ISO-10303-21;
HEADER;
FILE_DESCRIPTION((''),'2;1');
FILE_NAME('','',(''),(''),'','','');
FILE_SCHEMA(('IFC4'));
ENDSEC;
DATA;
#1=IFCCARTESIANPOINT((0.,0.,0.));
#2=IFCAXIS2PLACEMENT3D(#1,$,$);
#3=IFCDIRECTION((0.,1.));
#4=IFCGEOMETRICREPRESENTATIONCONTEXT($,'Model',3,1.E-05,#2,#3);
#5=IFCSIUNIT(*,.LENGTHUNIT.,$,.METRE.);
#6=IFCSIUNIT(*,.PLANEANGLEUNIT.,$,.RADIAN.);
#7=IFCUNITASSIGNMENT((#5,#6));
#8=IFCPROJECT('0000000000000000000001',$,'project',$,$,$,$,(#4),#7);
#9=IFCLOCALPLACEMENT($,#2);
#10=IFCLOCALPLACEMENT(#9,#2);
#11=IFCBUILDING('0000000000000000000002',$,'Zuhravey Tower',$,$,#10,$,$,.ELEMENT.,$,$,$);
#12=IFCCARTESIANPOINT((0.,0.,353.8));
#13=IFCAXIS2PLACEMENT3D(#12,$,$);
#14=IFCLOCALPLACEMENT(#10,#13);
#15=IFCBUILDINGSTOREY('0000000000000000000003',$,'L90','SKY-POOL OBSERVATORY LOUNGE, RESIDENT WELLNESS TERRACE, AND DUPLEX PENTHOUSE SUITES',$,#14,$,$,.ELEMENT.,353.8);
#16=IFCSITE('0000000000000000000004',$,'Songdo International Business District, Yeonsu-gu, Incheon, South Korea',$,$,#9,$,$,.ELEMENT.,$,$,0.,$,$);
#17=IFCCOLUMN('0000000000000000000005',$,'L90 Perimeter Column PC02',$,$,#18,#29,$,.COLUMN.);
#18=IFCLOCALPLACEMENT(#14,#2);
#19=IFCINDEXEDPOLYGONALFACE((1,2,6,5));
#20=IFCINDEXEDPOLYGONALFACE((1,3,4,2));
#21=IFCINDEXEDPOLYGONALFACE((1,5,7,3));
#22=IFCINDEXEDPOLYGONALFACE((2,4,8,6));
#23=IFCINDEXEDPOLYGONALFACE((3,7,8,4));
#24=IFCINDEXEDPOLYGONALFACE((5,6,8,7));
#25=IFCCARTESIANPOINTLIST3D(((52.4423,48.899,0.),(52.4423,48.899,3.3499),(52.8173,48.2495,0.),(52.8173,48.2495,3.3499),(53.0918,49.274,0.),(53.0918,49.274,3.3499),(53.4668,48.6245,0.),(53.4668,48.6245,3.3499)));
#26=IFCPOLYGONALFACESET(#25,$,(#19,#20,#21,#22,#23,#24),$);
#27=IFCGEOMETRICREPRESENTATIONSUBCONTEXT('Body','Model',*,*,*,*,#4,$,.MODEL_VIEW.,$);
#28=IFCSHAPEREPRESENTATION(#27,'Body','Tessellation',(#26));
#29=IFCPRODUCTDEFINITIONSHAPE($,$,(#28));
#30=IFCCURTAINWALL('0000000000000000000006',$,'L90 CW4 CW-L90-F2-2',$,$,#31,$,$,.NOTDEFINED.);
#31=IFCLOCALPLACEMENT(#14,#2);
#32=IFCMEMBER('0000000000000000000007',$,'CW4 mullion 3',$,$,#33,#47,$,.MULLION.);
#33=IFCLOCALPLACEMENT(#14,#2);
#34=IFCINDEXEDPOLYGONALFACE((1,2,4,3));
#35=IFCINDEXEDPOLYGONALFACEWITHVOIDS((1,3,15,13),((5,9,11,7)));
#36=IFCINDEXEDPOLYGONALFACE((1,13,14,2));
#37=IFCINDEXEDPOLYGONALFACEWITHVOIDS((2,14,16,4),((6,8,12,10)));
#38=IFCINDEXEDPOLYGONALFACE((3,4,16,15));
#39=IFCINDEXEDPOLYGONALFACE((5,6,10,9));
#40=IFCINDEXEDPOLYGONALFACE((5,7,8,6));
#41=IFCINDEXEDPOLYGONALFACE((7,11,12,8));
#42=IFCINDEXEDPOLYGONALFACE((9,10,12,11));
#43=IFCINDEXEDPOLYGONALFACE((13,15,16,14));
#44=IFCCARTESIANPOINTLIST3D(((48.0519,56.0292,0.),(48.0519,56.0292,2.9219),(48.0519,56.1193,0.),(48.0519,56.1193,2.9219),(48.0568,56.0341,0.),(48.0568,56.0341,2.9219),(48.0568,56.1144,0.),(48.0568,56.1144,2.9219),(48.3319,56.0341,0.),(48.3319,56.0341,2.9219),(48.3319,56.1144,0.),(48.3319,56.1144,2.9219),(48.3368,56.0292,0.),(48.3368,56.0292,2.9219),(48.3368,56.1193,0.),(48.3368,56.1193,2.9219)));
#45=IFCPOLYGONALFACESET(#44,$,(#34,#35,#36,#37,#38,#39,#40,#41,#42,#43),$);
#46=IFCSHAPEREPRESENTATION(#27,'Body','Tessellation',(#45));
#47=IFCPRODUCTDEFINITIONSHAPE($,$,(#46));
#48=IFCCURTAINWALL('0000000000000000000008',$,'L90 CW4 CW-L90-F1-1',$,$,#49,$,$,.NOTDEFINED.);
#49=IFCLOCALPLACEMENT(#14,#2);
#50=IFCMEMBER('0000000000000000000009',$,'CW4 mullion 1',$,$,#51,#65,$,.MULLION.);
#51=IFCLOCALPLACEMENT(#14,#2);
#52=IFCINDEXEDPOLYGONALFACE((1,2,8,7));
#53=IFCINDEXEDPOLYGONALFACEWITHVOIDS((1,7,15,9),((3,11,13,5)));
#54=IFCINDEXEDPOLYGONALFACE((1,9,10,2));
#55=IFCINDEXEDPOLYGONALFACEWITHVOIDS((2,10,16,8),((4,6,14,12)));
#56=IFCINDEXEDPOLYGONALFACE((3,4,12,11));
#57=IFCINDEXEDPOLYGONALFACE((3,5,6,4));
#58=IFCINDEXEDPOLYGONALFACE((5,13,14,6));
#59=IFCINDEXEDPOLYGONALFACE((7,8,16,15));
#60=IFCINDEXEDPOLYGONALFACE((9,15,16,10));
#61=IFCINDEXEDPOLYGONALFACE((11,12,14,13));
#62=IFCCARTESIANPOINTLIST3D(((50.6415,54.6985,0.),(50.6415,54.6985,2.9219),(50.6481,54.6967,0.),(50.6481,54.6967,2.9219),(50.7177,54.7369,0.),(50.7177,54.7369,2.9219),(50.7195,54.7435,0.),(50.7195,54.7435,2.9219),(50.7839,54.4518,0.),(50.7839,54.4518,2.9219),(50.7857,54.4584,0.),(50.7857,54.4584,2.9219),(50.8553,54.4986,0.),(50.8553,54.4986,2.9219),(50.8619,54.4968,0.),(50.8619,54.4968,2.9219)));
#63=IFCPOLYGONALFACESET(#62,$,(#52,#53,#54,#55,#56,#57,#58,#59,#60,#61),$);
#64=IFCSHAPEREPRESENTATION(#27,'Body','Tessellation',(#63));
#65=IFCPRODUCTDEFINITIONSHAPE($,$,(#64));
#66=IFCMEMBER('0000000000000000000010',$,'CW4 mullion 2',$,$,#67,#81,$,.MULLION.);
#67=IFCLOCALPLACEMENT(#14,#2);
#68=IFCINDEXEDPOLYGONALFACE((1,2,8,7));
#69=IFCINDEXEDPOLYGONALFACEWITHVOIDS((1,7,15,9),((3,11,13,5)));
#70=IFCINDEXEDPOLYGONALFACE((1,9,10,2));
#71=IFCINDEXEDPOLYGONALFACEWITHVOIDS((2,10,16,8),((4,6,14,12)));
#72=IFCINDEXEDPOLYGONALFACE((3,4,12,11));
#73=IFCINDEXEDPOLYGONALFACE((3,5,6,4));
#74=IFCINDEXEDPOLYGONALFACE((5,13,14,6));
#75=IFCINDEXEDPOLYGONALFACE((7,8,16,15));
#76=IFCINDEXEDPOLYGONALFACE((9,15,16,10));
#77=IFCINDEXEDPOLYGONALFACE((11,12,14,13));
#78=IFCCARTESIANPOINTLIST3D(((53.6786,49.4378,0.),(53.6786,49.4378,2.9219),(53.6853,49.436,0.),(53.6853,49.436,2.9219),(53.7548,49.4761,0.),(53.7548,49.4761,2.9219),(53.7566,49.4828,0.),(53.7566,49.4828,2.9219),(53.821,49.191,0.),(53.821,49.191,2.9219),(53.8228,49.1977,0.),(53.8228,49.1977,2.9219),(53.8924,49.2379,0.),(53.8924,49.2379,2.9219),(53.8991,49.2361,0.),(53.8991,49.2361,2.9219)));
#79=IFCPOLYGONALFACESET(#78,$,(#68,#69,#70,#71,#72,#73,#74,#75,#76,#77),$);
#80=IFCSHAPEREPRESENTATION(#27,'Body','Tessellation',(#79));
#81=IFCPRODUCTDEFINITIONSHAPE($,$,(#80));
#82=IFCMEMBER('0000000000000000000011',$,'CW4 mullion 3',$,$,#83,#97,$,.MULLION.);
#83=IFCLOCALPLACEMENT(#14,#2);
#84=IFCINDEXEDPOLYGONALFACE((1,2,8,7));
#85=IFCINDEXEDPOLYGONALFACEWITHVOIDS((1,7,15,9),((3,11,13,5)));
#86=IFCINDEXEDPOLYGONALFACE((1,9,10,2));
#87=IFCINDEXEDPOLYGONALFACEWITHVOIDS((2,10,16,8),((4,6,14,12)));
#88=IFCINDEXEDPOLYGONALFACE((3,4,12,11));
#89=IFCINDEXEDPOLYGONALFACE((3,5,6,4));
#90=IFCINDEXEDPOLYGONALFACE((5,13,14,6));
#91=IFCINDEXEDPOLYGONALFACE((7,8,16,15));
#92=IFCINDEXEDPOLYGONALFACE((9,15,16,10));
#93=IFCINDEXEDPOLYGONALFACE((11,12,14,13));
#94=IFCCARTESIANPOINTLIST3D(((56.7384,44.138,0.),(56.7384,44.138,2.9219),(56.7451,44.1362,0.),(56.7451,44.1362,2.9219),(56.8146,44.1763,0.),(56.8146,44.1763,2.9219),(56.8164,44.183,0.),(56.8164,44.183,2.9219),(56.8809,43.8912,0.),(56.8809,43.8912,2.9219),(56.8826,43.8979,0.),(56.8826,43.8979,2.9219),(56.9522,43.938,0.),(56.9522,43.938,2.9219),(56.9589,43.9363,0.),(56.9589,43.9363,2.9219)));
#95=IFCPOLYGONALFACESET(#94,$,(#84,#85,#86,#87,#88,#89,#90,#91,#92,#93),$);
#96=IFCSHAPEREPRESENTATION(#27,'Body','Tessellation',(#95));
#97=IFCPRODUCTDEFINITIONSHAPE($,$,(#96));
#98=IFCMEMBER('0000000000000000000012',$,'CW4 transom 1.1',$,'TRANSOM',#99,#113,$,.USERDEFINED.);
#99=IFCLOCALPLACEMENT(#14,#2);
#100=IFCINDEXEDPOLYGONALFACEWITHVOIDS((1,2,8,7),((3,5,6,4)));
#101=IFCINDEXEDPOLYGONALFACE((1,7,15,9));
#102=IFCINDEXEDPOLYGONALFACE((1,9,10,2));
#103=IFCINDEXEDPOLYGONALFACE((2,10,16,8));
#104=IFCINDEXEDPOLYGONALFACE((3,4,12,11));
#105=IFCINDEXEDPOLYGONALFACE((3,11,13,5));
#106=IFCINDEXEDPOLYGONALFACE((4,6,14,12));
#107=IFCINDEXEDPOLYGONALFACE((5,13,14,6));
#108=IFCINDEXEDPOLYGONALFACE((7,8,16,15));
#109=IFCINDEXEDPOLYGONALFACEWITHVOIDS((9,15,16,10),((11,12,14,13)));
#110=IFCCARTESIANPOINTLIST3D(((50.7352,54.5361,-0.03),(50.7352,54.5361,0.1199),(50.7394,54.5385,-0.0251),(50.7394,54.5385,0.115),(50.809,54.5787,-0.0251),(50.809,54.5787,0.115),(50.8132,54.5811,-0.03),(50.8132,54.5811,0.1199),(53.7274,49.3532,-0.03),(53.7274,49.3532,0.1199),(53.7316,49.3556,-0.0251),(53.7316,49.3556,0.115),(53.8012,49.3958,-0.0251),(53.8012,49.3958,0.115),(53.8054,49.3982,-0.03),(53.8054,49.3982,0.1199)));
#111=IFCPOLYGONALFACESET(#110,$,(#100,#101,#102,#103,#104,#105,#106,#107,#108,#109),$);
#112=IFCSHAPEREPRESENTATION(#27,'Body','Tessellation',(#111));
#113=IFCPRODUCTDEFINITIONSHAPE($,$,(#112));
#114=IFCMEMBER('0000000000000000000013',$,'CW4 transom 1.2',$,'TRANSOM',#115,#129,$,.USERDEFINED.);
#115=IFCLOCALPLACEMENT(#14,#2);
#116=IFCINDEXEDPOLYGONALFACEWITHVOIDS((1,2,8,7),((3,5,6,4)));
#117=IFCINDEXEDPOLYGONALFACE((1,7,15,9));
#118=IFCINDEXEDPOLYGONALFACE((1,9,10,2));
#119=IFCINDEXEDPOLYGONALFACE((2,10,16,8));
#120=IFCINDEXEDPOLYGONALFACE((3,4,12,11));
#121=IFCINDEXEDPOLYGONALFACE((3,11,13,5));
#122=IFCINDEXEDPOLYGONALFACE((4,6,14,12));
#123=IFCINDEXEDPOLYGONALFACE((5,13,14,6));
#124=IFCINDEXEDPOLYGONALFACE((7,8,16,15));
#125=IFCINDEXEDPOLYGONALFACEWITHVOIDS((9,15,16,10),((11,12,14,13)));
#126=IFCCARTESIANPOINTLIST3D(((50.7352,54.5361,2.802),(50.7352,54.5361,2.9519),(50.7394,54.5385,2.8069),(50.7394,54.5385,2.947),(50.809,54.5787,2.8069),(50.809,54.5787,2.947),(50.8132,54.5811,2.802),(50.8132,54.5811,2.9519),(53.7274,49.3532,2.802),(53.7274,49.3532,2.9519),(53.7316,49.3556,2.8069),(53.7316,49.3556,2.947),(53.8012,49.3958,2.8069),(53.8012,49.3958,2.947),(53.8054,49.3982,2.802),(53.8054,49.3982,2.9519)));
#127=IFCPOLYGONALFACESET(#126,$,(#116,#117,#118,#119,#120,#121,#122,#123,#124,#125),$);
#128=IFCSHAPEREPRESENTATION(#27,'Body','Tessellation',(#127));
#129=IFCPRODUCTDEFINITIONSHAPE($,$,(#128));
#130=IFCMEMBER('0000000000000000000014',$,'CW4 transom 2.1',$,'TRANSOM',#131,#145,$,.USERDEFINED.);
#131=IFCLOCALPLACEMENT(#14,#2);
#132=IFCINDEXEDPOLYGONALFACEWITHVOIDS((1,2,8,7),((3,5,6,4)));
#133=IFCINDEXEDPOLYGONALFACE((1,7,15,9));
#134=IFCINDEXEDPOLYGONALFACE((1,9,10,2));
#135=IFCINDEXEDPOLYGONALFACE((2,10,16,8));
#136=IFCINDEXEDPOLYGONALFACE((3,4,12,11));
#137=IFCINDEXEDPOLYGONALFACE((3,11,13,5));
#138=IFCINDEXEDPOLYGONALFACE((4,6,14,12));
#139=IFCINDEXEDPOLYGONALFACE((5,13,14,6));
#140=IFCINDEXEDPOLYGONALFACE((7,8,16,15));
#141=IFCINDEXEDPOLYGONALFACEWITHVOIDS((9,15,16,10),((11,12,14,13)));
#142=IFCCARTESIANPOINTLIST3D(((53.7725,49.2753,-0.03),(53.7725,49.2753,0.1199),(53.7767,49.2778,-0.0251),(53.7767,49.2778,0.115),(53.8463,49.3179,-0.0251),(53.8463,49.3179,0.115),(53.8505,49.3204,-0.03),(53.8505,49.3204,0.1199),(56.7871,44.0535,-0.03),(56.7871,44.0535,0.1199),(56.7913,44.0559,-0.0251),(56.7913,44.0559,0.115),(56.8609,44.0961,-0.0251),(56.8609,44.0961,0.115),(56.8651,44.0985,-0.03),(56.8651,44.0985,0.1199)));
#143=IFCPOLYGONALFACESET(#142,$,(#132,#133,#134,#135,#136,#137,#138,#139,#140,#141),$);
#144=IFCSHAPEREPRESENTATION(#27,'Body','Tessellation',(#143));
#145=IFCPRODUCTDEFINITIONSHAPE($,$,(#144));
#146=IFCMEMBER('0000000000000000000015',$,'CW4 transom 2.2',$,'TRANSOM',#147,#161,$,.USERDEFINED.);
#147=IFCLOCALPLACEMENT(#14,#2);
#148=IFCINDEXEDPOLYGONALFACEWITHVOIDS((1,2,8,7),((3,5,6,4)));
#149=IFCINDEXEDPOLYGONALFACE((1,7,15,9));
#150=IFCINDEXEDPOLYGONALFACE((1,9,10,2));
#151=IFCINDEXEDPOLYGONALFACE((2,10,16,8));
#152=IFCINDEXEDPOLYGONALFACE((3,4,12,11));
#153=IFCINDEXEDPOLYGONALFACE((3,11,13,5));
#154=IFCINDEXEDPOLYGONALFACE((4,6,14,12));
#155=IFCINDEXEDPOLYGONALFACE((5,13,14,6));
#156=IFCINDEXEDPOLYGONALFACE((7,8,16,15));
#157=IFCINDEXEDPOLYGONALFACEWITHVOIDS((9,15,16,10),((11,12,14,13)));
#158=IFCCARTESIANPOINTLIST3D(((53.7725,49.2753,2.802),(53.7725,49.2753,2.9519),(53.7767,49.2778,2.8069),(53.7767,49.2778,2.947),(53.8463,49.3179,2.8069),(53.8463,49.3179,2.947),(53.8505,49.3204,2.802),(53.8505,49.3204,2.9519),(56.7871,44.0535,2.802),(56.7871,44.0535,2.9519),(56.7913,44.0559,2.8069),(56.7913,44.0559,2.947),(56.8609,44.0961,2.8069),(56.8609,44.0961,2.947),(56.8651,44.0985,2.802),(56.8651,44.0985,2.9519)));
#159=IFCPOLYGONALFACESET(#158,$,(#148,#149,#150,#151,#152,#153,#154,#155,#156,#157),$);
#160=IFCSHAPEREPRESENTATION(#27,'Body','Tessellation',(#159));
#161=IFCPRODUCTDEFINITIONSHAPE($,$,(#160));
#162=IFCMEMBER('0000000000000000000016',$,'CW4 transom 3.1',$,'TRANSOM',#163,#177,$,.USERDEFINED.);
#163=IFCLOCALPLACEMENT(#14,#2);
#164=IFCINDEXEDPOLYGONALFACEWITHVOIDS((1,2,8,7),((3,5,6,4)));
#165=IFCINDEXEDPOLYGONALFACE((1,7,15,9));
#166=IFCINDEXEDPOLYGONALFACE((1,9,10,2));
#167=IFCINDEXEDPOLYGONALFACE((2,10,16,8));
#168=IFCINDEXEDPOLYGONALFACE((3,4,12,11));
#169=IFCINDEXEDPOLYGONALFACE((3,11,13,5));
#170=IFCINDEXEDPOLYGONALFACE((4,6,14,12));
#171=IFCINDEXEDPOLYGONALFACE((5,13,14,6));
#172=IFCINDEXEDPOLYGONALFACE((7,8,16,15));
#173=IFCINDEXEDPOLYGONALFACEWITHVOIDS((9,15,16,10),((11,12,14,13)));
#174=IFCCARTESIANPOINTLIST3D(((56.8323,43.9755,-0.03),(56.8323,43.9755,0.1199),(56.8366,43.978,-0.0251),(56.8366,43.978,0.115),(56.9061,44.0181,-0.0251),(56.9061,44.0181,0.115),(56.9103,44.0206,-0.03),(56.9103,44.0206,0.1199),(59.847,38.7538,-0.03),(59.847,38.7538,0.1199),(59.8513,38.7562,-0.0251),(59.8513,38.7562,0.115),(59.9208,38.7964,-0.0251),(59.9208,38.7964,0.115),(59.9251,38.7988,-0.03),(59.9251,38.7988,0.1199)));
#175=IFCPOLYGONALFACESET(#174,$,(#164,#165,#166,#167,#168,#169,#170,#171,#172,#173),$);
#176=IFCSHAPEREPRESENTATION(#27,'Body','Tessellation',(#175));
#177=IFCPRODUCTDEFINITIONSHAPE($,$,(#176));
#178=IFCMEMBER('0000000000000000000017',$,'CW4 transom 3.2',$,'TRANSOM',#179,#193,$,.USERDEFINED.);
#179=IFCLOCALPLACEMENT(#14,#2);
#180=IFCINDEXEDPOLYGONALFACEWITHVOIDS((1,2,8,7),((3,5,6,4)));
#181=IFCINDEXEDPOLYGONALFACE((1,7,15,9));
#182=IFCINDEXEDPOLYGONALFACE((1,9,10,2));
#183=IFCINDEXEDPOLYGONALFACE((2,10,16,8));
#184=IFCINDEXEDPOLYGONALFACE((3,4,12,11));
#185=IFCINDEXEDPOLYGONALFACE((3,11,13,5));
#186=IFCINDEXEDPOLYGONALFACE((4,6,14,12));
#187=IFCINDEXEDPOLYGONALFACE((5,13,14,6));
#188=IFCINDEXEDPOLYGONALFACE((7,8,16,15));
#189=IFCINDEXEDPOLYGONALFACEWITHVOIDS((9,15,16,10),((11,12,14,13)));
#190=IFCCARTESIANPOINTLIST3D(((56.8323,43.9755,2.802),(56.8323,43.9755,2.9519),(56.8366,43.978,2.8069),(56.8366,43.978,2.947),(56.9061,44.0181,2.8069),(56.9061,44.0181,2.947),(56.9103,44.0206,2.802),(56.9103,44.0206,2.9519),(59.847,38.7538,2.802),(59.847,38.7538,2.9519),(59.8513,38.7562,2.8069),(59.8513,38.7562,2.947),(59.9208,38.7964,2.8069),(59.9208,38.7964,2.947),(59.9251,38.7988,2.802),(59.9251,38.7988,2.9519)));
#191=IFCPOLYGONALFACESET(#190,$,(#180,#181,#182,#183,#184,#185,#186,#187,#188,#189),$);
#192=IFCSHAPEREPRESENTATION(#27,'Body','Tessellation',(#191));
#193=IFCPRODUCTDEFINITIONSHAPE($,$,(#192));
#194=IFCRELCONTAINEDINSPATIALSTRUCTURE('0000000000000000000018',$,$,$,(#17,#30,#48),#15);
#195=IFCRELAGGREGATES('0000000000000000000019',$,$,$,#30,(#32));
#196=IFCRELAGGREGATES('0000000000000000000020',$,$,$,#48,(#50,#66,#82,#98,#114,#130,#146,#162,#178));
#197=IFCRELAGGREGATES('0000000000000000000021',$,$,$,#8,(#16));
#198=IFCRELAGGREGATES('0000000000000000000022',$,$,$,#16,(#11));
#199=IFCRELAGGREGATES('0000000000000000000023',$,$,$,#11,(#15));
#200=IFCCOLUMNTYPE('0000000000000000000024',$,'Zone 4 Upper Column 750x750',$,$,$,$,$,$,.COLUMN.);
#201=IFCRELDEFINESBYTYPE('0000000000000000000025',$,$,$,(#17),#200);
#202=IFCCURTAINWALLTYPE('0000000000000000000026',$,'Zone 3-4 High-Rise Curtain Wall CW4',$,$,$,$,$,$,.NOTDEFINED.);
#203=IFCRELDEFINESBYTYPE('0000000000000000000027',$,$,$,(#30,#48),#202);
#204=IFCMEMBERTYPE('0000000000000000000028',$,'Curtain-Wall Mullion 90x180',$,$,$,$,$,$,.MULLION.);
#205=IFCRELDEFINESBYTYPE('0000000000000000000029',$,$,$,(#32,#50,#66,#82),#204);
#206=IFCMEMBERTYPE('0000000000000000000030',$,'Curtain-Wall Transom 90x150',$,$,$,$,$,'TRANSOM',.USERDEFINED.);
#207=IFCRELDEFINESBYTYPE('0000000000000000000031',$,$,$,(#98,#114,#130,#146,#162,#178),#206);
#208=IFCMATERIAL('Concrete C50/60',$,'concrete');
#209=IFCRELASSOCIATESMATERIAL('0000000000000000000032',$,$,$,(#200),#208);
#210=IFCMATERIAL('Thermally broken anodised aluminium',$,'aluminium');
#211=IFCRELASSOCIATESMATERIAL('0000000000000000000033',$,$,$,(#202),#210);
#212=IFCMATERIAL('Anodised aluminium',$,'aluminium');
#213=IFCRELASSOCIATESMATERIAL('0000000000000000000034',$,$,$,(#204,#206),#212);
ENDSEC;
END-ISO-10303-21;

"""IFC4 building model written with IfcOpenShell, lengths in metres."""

from ifc_helpers import new_model, si_unit, direction, frame, origin, origin_2d, place, context, subcontext, project, spatial, rectangle, hollow_rectangle, extrude, material, material_profile, profile_set, type_object, element, aggregate, save


model = new_model("IFC4")

# Units and contexts
model_context = context("Model", 3, precision=1e-05, world=origin(), true_north=direction((0.0, 1.0)))
body_context = subcontext(model_context, "Body", "Model", "MODEL_VIEW")
ifc_project = project(units=[si_unit("LENGTHUNIT", "METRE"), si_unit("PLANEANGLEUNIT", "RADIAN")], contexts=[model_context])

# Site, building, storey
site_placement = place(None, origin())
site = spatial("IfcSite", under=ifc_project, at=site_placement, Name="Songdo International Business District, Yeonsu-gu, Incheon, South Korea", CompositionType="ELEMENT", RefElevation=0.0)
building_placement = place(site_placement, origin())
building = spatial("IfcBuilding", under=site, at=building_placement, Name="Zuhravey Tower", CompositionType="ELEMENT")
storey_placement = place(building_placement, frame((0.0, 0.0, 353.8)))
storey = spatial("IfcBuildingStorey", under=building, at=storey_placement, Name="L90", Description="SKY-POOL OBSERVATORY LOUNGE, RESIDENT WELLNESS TERRACE, AND DUPLEX PENTHOUSE SUITES", CompositionType="ELEMENT", Elevation=353.8)

# Column
ifc_material_1 = material(Name="Concrete C50/60", Category="concrete")
ifc_material_profile_1 = material_profile(ifc_material_1, rectangle(XDim=0.75, YDim=0.75, at=origin_2d()), Name="RC-750x750")
ifc_profile_set_1 = profile_set([ifc_material_profile_1], Name="Concrete C50/60")
column_type = type_object("IfcColumnType", Name="Zone 4 Upper Column 750x750", PredefinedType="COLUMN", material=ifc_profile_set_1)
column_placement = place(storey_placement, frame((52.9546, 48.7617, 0.0), z_axis=(0.0, 0.0, 1.0), x_axis=(-0.5, 0.866025, 0.0)))
element("IfcColumn", 1, at=column_placement, inside=storey, type_object=column_type, Name="L90 Perimeter Column PC02", PredefinedType="COLUMN", context=body_context, shape_type="SweptSolid", body=[
    extrude(rectangle(XDim=0.75, YDim=0.75, at=origin_2d()), origin(), (0.0, 0.0, 1.0), 3.3499),
])

# Curtain wall, member
ifc_material_2 = material(Name="Thermally broken anodised aluminium", Category="aluminium")
curtain_wall_type = type_object("IfcCurtainWallType", Name="Zone 3-4 High-Rise Curtain Wall CW4", PredefinedType="NOTDEFINED", material=ifc_material_2)
curtain_wall_1_placement = place(storey_placement, origin())
curtain_wall_1 = element("IfcCurtainWall", 2, at=curtain_wall_1_placement, inside=storey, type_object=curtain_wall_type, Name="L90 CW4 CW-L90-F2-2", PredefinedType="NOTDEFINED")
ifc_material_3 = material(Name="Anodised aluminium", Category="aluminium")
ifc_material_profile_2 = material_profile(ifc_material_3, hollow_rectangle(XDim=0.0901, YDim=0.2849, WallThickness=0.0049, at=origin_2d()), Name="ALU-RHS-90x285x5")
ifc_profile_set_2 = profile_set([ifc_material_profile_2], Name="Anodised aluminium")
member_type_1 = type_object("IfcMemberType", Name="Curtain-Wall Mullion 90x180", PredefinedType="MULLION", material=ifc_profile_set_2)
member_1_placement = place(storey_placement, frame((48.1943, 56.0742, 0.0), z_axis=(0.0, 0.0, 1.0), x_axis=(0.0, 1.0, 0.0)))
member_1 = element("IfcMember", 3, at=member_1_placement, type_object=member_type_1, Name="CW4 mullion 3", PredefinedType="MULLION", context=body_context, shape_type="SweptSolid", body=[
    extrude(hollow_rectangle(XDim=0.0901, YDim=0.2849, WallThickness=0.0049, at=origin_2d()), origin(), (0.0, 0.0, 1.0), 2.9219),
])
aggregate(curtain_wall_1, [member_1])

# Curtain wall, members
curtain_wall_2_placement = place(storey_placement, origin())
curtain_wall_2 = element("IfcCurtainWall", 4, at=curtain_wall_2_placement, inside=storey, type_object=curtain_wall_type, Name="L90 CW4 CW-L90-F1-1", PredefinedType="NOTDEFINED")
member_2_placement = place(storey_placement, frame((50.7517, 54.5977, 0.0), z_axis=(0.0, 0.0, 1.0), x_axis=(0.866026, 0.5, 0.0)))
member_2 = element("IfcMember", 5, at=member_2_placement, type_object=member_type_1, Name="CW4 mullion 1", PredefinedType="MULLION", context=body_context, shape_type="SweptSolid", body=[
    extrude(hollow_rectangle(XDim=0.0901, YDim=0.2849, WallThickness=0.0049, at=origin_2d()), origin(), (0.0, 0.0, 1.0), 2.9219),
])
member_3_placement = place(storey_placement, frame((53.7888, 49.3369, 0.0), z_axis=(0.0, 0.0, 1.0), x_axis=(0.866026, 0.5, 0.0)))
member_3 = element("IfcMember", 6, at=member_3_placement, type_object=member_type_1, Name="CW4 mullion 2", PredefinedType="MULLION", context=body_context, shape_type="SweptSolid", body=[
    extrude(hollow_rectangle(XDim=0.0901, YDim=0.2849, WallThickness=0.0049, at=origin_2d()), origin(), (0.0, 0.0, 1.0), 2.9219),
])
member_4_placement = place(storey_placement, frame((56.8486, 44.0371, 0.0), z_axis=(0.0, 0.0, 1.0), x_axis=(0.866026, 0.5, 0.0)))
member_4 = element("IfcMember", 7, at=member_4_placement, type_object=member_type_1, Name="CW4 mullion 3", PredefinedType="MULLION", context=body_context, shape_type="SweptSolid", body=[
    extrude(hollow_rectangle(XDim=0.0901, YDim=0.2849, WallThickness=0.0049, at=origin_2d()), origin(), (0.0, 0.0, 1.0), 2.9219),
])
ifc_material_profile_3 = material_profile(ifc_material_3, hollow_rectangle(XDim=0.0901, YDim=0.1499, WallThickness=0.0049, at=origin_2d()), Name="ALU-RHS-90x150x5")
ifc_profile_set_3 = profile_set([ifc_material_profile_3], Name="Anodised aluminium")
member_type_2 = type_object("IfcMemberType", Name="Curtain-Wall Transom 90x150", ElementType="TRANSOM", PredefinedType="USERDEFINED", material=ifc_profile_set_3)
member_5_placement = place(storey_placement, frame((50.7742, 54.5586, 0.0449), z_axis=(0.499983, -0.866035, 0.0), x_axis=(0.866035, 0.499983, 0.0)))
member_5 = element("IfcMember", 8, at=member_5_placement, type_object=member_type_2, Name="CW4 transom 1.1", ObjectType="TRANSOM", PredefinedType="USERDEFINED", context=body_context, shape_type="SweptSolid", body=[
    extrude(hollow_rectangle(XDim=0.0901, YDim=0.1499, WallThickness=0.0049, at=origin_2d()), origin(), (0.0, 0.0, 1.0), 5.9846),
])
member_6_placement = place(storey_placement, frame((50.7742, 54.5586, 2.877), z_axis=(0.499983, -0.866035, 0.0), x_axis=(0.866035, 0.499983, 0.0)))
member_6 = element("IfcMember", 9, at=member_6_placement, type_object=member_type_2, Name="CW4 transom 1.2", ObjectType="TRANSOM", PredefinedType="USERDEFINED", context=body_context, shape_type="SweptSolid", body=[
    extrude(hollow_rectangle(XDim=0.0901, YDim=0.1499, WallThickness=0.0049, at=origin_2d()), origin(), (0.0, 0.0, 1.0), 5.9846),
])
member_7_placement = place(storey_placement, frame((53.8115, 49.2979, 0.0449), z_axis=(0.499971, -0.866042, 0.0), x_axis=(0.866042, 0.499971, 0.0)))
member_7 = element("IfcMember", 10, at=member_7_placement, type_object=member_type_2, Name="CW4 transom 2.1", ObjectType="TRANSOM", PredefinedType="USERDEFINED", context=body_context, shape_type="SweptSolid", body=[
    extrude(hollow_rectangle(XDim=0.0901, YDim=0.1499, WallThickness=0.0049, at=origin_2d()), origin(), (0.0, 0.0, 1.0), 6.0295),
])
member_8_placement = place(storey_placement, frame((53.8115, 49.2979, 2.877), z_axis=(0.499971, -0.866042, 0.0), x_axis=(0.866042, 0.499971, 0.0)))
member_8 = element("IfcMember", 11, at=member_8_placement, type_object=member_type_2, Name="CW4 transom 2.2", ObjectType="TRANSOM", PredefinedType="USERDEFINED", context=body_context, shape_type="SweptSolid", body=[
    extrude(hollow_rectangle(XDim=0.0901, YDim=0.1499, WallThickness=0.0049, at=origin_2d()), origin(), (0.0, 0.0, 1.0), 6.0295),
])
member_9_placement = place(storey_placement, frame((56.8713, 43.998, 0.0449), z_axis=(0.499989, -0.866032, 0.0), x_axis=(0.866032, 0.499989, 0.0)))
member_9 = element("IfcMember", 12, at=member_9_placement, type_object=member_type_2, Name="CW4 transom 3.1", ObjectType="TRANSOM", PredefinedType="USERDEFINED", context=body_context, shape_type="SweptSolid", body=[
    extrude(hollow_rectangle(XDim=0.0901, YDim=0.1499, WallThickness=0.0049, at=origin_2d()), origin(), (0.0, 0.0, 1.0), 6.0295),
])
member_10_placement = place(storey_placement, frame((56.8713, 43.998, 2.877), z_axis=(0.499989, -0.866032, 0.0), x_axis=(0.866032, 0.499989, 0.0)))
member_10 = element("IfcMember", 13, at=member_10_placement, type_object=member_type_2, Name="CW4 transom 3.2", ObjectType="TRANSOM", PredefinedType="USERDEFINED", context=body_context, shape_type="SweptSolid", body=[
    extrude(hollow_rectangle(XDim=0.0901, YDim=0.1499, WallThickness=0.0049, at=origin_2d()), origin(), (0.0, 0.0, 1.0), 6.0295),
])

aggregate(curtain_wall_2, [member_2, member_3, member_4, member_5, member_6, member_7, member_8, member_9, member_10])

save(model, "model.ifc")
